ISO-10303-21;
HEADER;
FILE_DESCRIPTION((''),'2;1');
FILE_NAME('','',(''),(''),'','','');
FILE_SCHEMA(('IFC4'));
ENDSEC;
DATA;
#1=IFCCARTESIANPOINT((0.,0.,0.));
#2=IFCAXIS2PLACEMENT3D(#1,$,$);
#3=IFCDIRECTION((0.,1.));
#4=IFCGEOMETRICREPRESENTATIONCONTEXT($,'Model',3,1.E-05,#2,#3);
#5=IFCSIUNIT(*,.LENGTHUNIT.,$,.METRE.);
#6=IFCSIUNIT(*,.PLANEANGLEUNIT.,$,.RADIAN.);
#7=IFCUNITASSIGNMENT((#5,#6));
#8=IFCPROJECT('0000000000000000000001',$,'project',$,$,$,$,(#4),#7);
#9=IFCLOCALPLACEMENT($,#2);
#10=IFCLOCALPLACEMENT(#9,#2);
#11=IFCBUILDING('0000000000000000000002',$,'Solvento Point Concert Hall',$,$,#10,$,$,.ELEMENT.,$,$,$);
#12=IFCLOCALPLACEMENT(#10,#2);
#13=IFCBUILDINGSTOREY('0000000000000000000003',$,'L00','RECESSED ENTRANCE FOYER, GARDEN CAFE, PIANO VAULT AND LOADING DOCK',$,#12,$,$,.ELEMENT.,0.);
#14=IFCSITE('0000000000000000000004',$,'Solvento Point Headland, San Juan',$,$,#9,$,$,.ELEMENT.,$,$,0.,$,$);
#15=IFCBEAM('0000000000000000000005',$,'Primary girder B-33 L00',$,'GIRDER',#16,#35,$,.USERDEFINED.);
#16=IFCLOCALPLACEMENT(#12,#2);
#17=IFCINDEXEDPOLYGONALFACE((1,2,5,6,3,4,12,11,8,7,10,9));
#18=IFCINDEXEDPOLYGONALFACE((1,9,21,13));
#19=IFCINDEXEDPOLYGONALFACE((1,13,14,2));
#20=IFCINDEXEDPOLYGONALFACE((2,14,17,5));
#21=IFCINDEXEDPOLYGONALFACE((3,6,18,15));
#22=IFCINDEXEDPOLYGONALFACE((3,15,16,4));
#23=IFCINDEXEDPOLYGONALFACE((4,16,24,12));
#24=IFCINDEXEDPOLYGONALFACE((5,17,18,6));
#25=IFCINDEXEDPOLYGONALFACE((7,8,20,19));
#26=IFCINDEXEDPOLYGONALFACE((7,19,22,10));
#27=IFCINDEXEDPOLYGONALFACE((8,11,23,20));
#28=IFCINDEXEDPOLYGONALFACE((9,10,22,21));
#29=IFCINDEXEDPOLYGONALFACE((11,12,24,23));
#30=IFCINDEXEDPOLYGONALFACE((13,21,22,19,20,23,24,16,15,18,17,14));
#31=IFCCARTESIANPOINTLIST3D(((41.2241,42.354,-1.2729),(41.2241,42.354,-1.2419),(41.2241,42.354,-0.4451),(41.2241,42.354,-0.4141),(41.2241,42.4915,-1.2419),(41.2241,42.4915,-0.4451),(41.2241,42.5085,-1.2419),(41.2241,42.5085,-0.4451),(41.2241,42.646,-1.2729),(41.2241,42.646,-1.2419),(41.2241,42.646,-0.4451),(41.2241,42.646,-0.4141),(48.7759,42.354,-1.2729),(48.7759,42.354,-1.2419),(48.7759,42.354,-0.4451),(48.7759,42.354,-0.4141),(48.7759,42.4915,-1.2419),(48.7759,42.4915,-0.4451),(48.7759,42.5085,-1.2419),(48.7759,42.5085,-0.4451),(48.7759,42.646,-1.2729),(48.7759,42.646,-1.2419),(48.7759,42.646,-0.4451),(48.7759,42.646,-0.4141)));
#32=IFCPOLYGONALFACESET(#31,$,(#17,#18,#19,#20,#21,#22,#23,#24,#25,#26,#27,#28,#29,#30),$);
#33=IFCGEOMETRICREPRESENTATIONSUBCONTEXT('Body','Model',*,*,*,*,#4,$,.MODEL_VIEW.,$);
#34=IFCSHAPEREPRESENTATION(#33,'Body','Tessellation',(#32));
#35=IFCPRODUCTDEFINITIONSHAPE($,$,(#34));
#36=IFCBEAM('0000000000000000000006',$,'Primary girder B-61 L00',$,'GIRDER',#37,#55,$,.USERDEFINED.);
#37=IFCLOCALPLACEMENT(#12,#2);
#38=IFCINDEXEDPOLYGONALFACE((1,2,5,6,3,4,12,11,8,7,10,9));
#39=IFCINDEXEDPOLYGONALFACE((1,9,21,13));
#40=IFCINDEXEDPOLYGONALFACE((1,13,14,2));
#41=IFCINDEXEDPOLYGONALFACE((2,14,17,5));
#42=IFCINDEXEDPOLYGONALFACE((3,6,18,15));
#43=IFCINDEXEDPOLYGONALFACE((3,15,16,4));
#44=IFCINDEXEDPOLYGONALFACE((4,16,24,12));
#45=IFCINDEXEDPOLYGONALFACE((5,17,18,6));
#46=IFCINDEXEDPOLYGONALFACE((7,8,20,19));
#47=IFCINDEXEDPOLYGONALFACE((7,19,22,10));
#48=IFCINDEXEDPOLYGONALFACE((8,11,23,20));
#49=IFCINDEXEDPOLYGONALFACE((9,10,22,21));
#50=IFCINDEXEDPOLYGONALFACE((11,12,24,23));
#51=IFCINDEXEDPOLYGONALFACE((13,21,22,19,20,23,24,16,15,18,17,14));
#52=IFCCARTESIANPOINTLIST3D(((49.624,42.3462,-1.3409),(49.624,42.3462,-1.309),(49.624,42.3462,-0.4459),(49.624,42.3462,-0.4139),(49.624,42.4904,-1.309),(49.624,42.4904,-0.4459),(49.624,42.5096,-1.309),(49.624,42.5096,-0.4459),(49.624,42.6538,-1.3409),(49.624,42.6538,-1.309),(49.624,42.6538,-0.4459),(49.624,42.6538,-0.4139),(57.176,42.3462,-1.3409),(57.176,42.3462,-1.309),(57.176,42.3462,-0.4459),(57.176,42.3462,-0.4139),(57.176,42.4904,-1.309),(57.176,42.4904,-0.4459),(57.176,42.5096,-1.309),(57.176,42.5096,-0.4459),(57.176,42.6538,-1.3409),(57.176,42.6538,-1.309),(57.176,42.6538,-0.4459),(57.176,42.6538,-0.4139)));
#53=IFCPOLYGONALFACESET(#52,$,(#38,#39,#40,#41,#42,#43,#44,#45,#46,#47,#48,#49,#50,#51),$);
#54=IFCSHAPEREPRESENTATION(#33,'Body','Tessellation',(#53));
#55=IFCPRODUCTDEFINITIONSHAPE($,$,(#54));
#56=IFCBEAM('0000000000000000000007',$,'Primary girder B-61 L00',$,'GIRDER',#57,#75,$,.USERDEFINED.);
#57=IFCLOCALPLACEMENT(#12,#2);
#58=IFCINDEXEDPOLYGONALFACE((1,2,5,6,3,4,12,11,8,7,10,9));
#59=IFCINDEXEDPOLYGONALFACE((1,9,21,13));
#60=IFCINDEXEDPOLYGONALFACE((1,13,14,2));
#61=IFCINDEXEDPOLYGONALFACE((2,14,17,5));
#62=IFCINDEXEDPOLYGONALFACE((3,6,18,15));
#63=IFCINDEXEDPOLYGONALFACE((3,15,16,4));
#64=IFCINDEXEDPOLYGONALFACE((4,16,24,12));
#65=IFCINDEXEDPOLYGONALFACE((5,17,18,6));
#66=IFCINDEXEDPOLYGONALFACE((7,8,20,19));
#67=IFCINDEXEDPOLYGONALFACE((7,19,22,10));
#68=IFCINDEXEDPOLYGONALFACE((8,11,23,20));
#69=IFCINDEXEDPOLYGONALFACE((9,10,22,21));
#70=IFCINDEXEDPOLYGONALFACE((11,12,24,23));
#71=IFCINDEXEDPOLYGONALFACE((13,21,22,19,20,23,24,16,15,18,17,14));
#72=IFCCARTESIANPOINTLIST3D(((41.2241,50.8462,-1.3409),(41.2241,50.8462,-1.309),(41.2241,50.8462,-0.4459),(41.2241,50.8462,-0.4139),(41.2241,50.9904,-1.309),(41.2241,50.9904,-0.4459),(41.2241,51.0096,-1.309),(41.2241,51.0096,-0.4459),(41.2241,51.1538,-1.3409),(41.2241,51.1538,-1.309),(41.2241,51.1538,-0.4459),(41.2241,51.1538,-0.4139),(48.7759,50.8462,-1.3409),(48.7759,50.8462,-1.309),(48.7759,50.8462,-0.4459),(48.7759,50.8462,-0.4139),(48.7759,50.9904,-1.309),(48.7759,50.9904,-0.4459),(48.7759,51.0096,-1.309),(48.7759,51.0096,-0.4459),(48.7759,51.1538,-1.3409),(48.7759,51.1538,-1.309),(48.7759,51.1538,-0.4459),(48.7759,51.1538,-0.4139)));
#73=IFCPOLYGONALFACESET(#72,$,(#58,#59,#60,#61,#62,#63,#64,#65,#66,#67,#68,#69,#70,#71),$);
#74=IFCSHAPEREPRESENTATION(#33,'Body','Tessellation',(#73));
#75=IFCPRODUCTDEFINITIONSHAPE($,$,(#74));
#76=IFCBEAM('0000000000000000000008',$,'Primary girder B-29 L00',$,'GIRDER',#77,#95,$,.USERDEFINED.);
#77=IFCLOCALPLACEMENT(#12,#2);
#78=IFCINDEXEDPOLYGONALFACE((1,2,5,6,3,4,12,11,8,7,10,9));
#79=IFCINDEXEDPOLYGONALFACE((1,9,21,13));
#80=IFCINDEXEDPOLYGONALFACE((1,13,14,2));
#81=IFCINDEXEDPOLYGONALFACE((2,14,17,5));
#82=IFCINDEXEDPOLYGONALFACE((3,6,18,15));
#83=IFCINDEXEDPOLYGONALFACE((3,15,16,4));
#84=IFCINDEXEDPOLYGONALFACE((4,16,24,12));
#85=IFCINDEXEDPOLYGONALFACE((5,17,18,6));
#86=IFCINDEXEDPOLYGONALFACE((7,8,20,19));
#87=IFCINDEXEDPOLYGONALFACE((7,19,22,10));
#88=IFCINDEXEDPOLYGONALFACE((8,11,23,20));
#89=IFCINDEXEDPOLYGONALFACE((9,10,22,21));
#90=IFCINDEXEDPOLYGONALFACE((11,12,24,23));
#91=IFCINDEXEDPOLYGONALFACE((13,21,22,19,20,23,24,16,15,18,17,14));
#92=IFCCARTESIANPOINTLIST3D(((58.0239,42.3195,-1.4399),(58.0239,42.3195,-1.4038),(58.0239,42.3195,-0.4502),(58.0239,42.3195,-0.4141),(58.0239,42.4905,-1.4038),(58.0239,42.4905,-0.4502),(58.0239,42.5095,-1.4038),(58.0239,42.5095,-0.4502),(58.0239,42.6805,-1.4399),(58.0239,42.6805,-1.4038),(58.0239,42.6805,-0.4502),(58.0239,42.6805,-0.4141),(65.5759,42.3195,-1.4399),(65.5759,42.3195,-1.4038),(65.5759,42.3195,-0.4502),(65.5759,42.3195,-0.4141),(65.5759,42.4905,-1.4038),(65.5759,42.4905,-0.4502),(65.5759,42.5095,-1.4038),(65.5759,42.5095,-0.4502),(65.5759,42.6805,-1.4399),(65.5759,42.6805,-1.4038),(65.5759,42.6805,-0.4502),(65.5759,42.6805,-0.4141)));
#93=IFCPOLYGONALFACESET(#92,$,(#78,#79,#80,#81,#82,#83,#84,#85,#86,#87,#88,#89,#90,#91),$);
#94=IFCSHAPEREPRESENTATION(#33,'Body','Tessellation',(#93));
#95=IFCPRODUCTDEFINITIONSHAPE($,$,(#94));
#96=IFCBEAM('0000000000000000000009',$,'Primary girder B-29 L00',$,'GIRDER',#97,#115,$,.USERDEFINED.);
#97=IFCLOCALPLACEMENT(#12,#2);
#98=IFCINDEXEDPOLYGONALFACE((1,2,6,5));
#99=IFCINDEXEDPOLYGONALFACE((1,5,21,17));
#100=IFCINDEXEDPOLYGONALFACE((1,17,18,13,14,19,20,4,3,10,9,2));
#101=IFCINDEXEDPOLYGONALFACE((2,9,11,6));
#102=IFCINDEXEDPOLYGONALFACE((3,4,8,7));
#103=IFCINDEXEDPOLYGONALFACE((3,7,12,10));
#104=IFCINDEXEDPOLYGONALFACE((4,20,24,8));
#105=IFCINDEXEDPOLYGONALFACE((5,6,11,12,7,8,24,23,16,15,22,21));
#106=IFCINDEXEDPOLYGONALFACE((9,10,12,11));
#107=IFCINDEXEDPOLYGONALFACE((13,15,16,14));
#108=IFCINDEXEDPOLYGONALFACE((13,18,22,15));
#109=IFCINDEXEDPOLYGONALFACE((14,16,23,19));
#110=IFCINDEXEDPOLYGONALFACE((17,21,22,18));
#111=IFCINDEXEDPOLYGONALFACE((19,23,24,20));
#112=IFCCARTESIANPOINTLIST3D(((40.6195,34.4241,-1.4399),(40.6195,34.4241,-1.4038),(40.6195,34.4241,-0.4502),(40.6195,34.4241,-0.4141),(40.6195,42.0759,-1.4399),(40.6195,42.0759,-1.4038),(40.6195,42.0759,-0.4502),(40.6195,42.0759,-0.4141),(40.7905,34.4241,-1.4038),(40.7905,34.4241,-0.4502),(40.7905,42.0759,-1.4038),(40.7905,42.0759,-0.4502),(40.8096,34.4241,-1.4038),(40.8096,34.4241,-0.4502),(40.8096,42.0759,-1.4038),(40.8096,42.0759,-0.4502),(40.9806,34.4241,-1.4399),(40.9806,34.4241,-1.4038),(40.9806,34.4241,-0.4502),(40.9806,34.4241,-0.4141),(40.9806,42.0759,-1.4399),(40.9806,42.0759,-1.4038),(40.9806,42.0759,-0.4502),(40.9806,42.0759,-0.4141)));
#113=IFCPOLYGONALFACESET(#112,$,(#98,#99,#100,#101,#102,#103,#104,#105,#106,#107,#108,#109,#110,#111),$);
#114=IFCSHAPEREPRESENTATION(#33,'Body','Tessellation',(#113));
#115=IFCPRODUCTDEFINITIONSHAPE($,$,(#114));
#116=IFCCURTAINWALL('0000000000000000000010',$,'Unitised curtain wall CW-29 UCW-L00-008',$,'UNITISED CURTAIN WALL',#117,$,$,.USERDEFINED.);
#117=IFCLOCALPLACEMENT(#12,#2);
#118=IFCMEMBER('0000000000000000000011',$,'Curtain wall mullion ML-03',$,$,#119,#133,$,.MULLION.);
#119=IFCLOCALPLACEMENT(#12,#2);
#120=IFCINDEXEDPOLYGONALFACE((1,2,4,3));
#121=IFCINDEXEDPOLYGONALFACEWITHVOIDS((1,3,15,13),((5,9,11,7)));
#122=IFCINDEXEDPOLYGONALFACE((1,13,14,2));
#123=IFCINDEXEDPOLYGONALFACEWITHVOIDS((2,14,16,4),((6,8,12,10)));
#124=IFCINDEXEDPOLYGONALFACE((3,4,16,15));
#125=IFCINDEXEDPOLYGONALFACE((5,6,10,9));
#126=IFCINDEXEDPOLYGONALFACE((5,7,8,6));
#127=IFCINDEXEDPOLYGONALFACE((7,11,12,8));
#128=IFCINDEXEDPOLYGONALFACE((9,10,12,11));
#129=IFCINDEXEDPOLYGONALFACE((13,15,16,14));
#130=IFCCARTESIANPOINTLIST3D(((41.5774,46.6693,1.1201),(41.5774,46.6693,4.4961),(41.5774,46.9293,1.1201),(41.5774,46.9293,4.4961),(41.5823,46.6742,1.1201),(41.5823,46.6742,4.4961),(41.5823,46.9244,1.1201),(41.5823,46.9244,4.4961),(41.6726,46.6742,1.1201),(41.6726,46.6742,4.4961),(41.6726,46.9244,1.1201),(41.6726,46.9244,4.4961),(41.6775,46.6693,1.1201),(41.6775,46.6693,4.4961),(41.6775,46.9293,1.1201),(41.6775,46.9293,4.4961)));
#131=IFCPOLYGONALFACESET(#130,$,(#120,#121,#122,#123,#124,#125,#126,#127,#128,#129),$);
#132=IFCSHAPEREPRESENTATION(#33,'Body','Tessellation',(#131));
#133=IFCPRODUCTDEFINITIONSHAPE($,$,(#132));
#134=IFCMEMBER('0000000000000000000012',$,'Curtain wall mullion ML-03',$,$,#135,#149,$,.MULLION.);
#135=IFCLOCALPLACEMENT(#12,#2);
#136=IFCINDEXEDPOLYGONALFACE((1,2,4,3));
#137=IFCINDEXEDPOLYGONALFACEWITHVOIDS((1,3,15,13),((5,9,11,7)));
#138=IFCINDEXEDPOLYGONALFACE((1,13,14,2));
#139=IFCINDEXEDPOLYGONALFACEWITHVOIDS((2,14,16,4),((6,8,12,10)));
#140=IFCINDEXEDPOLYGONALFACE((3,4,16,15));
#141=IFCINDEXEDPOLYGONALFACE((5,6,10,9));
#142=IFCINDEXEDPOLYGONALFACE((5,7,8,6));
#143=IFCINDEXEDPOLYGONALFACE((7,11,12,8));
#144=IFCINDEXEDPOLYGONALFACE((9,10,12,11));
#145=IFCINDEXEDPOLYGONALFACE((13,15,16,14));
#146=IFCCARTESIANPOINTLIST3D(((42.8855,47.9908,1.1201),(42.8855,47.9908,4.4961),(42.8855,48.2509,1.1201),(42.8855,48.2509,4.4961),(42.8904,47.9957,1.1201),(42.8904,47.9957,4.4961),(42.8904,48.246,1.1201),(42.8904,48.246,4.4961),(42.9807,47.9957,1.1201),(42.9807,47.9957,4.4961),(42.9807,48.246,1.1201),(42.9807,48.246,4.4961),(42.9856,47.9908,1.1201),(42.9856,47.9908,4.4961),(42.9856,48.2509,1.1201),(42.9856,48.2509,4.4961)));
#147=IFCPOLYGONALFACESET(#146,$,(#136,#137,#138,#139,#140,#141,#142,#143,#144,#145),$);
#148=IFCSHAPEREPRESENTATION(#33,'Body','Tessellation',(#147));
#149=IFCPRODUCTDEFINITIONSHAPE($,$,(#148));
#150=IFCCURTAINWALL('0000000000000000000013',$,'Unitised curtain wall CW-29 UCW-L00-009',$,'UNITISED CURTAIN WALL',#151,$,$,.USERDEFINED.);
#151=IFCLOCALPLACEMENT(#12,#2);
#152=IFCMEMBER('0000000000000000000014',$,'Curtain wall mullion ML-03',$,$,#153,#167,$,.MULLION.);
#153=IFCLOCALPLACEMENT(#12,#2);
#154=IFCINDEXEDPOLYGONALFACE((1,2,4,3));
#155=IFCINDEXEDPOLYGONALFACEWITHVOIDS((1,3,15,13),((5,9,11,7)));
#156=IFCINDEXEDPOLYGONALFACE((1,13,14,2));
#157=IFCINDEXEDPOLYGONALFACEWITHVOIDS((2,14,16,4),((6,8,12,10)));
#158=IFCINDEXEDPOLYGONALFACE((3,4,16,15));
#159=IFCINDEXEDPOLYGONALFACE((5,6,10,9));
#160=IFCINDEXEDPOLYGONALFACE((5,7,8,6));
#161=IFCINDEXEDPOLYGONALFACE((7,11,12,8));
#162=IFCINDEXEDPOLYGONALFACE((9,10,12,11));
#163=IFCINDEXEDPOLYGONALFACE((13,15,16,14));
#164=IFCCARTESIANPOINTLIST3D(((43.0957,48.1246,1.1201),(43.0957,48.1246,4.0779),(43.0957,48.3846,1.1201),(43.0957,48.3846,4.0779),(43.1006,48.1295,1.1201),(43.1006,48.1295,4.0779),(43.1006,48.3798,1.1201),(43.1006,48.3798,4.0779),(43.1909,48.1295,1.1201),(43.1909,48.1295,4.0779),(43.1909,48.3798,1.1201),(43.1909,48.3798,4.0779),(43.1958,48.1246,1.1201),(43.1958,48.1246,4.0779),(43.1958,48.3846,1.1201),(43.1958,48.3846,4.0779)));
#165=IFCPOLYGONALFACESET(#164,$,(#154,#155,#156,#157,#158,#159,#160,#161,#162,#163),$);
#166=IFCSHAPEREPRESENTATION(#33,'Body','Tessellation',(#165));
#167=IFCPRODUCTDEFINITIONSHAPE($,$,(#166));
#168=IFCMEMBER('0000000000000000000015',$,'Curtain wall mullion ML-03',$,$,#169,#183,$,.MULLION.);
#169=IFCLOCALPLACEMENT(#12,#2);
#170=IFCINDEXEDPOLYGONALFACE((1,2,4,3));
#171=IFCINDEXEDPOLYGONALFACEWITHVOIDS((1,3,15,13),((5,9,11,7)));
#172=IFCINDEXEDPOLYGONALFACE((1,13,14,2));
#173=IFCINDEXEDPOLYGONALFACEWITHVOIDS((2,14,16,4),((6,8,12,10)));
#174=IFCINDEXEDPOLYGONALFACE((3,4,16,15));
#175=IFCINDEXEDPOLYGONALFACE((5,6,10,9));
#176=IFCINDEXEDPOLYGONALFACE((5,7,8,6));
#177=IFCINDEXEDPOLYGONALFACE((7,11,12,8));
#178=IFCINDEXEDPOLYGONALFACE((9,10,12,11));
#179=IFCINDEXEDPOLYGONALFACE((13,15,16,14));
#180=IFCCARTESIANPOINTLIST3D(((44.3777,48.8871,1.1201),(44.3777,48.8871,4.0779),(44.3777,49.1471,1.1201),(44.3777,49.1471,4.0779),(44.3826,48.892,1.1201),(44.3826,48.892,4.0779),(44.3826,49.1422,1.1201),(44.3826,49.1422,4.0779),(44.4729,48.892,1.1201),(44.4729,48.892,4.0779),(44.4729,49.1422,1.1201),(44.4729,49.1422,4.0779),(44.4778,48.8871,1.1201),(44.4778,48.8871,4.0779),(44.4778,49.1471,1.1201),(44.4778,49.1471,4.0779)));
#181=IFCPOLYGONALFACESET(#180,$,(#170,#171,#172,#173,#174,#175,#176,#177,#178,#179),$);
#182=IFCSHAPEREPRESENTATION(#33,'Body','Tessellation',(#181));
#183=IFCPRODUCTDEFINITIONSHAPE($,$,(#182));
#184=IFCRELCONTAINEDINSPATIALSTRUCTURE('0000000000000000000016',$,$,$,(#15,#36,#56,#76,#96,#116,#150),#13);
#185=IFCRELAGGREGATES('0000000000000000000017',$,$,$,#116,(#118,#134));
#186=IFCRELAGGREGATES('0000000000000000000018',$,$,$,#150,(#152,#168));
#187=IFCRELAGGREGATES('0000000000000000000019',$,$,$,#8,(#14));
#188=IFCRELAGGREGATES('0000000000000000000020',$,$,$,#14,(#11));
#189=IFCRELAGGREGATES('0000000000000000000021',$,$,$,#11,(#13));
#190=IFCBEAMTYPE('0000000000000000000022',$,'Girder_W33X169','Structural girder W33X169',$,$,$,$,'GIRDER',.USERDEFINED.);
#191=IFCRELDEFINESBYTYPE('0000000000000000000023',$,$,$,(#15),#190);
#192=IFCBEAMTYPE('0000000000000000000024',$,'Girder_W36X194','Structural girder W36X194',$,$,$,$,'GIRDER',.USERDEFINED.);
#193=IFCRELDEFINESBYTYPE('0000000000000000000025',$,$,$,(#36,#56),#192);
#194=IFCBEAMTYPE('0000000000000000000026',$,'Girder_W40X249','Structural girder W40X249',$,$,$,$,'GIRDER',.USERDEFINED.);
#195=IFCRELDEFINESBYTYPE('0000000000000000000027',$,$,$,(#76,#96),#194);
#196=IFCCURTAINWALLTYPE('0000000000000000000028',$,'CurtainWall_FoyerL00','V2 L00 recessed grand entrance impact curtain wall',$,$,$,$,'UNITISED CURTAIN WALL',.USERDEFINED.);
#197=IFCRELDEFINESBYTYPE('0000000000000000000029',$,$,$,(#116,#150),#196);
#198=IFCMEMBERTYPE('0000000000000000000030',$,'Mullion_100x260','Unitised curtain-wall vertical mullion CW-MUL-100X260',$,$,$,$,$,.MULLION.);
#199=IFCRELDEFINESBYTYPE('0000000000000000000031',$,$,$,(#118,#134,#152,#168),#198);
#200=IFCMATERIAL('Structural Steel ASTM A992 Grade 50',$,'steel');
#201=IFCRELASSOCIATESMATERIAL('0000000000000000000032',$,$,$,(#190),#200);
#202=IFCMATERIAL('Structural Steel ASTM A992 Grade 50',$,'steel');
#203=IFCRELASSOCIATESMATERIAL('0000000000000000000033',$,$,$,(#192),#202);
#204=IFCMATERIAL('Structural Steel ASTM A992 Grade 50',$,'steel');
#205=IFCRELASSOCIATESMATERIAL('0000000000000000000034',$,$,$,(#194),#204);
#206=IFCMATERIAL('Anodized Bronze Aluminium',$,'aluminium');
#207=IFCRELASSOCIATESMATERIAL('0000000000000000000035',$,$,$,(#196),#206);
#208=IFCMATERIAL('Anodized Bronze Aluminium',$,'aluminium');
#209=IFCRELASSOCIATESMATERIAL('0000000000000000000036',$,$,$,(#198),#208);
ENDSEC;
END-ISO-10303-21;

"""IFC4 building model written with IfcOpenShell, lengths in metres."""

from ifc_helpers import new_model, si_unit, direction, frame, origin, origin_2d, place, context, subcontext, project, spatial, hollow_rectangle, i_section, extrude, material, material_profile, profile_set, type_object, element, aggregate, save


model = new_model("IFC4")

# Units and contexts
model_context = context("Model", 3, precision=1e-05, world=origin(), true_north=direction((0.0, 1.0)))
body_context = subcontext(model_context, "Body", "Model", "MODEL_VIEW")
ifc_project = project(units=[si_unit("LENGTHUNIT", "METRE"), si_unit("PLANEANGLEUNIT", "RADIAN")], contexts=[model_context])

# Site, building, storey
site_placement = place(None, origin())
site = spatial("IfcSite", under=ifc_project, at=site_placement, Name="Solvento Point Headland, San Juan", CompositionType="ELEMENT", RefElevation=0.0)
building_placement = place(site_placement, origin())
building = spatial("IfcBuilding", under=site, at=building_placement, Name="Solvento Point Concert Hall", CompositionType="ELEMENT")
storey_placement = place(building_placement, origin())
storey = spatial("IfcBuildingStorey", under=building, at=storey_placement, Name="L00", Description="RECESSED ENTRANCE FOYER, GARDEN CAFE, PIANO VAULT AND LOADING DOCK", CompositionType="ELEMENT", Elevation=0.0)

# Beams
ifc_material_1 = material(Name="Structural Steel ASTM A992 Grade 50", Category="steel")
ifc_material_profile_1 = material_profile(ifc_material_1, i_section(OverallWidth=0.292, OverallDepth=0.8589, WebThickness=0.0171, FlangeThickness=0.031, at=origin_2d()), Name="W33X169")
ifc_profile_set_1 = profile_set([ifc_material_profile_1], Name="Structural Steel ASTM A992 Grade 50")
beam_type_1 = type_object("IfcBeamType", Name="Girder_W33X169", Description="Structural girder W33X169", ElementType="GIRDER", PredefinedType="USERDEFINED", material=ifc_profile_set_1)
beam_1_placement = place(storey_placement, frame((41.2241, 42.5, -0.8435), z_axis=(1.0, 0.0, 0.0), x_axis=(0.0, 1.0, 0.0)))
element("IfcBeam", 1, at=beam_1_placement, inside=storey, type_object=beam_type_1, Name="Primary girder B-33 L00", ObjectType="GIRDER", PredefinedType="USERDEFINED", context=body_context, shape_type="SweptSolid", body=[
    extrude(i_section(OverallWidth=0.292, OverallDepth=0.8589, WebThickness=0.0171, FlangeThickness=0.031, at=origin_2d()), origin(), (0.0, 0.0, 1.0), 7.5518),
])
ifc_material_2 = material(Name="Structural Steel ASTM A992 Grade 50", Category="steel")
ifc_material_profile_2 = material_profile(ifc_material_2, i_section(OverallWidth=0.3076, OverallDepth=0.927, WebThickness=0.0193, FlangeThickness=0.032, at=origin_2d()), Name="W36X194")
ifc_profile_set_2 = profile_set([ifc_material_profile_2], Name="Structural Steel ASTM A992 Grade 50")
beam_type_2 = type_object("IfcBeamType", Name="Girder_W36X194", Description="Structural girder W36X194", ElementType="GIRDER", PredefinedType="USERDEFINED", material=ifc_profile_set_2)
beam_2_placement = place(storey_placement, frame((49.624, 42.5, -0.8774), z_axis=(1.0, 0.0, 0.0), x_axis=(0.0, 1.0, 0.0)))
element("IfcBeam", 2, at=beam_2_placement, inside=storey, type_object=beam_type_2, Name="Primary girder B-61 L00", ObjectType="GIRDER", PredefinedType="USERDEFINED", context=body_context, shape_type="SweptSolid", body=[
    extrude(i_section(OverallWidth=0.3076, OverallDepth=0.927, WebThickness=0.0193, FlangeThickness=0.032, at=origin_2d()), origin(), (0.0, 0.0, 1.0), 7.552),
])
beam_3_placement = place(storey_placement, frame((41.2241, 51.0, -0.8774), z_axis=(1.0, 0.0, 0.0), x_axis=(0.0, 1.0, 0.0)))
element("IfcBeam", 3, at=beam_3_placement, inside=storey, type_object=beam_type_2, Name="Primary girder B-61 L00", ObjectType="GIRDER", PredefinedType="USERDEFINED", context=body_context, shape_type="SweptSolid", body=[
    extrude(i_section(OverallWidth=0.3076, OverallDepth=0.927, WebThickness=0.0193, FlangeThickness=0.032, at=origin_2d()), origin(), (0.0, 0.0, 1.0), 7.5518),
])
ifc_material_3 = material(Name="Structural Steel ASTM A992 Grade 50", Category="steel")
ifc_material_profile_3 = material_profile(ifc_material_3, i_section(OverallWidth=0.3611, OverallDepth=1.0259, WebThickness=0.019, FlangeThickness=0.0361, at=origin_2d()), Name="W40X249")
ifc_profile_set_3 = profile_set([ifc_material_profile_3], Name="Structural Steel ASTM A992 Grade 50")
beam_type_3 = type_object("IfcBeamType", Name="Girder_W40X249", Description="Structural girder W40X249", ElementType="GIRDER", PredefinedType="USERDEFINED", material=ifc_profile_set_3)
beam_4_placement = place(storey_placement, frame((58.0239, 42.5, -0.927), z_axis=(1.0, 0.0, 0.0), x_axis=(0.0, 1.0, 0.0)))
element("IfcBeam", 4, at=beam_4_placement, inside=storey, type_object=beam_type_3, Name="Primary girder B-29 L00", ObjectType="GIRDER", PredefinedType="USERDEFINED", context=body_context, shape_type="SweptSolid", body=[
    extrude(i_section(OverallWidth=0.3611, OverallDepth=1.0259, WebThickness=0.019, FlangeThickness=0.0361, at=origin_2d()), origin(), (0.0, 0.0, 1.0), 7.552),
])
beam_5_placement = place(storey_placement, frame((40.8, 34.4241, -0.927), z_axis=(0.0, 1.0, 0.0), x_axis=(-1.0, 0.0, 0.0)))
element("IfcBeam", 5, at=beam_5_placement, inside=storey, type_object=beam_type_3, Name="Primary girder B-29 L00", ObjectType="GIRDER", PredefinedType="USERDEFINED", context=body_context, shape_type="SweptSolid", body=[
    extrude(i_section(OverallWidth=0.3611, OverallDepth=1.0259, WebThickness=0.019, FlangeThickness=0.0361, at=origin_2d()), origin(), (0.0, 0.0, 1.0), 7.6519),
])

# Curtain walls, members
ifc_material_4 = material(Name="Anodized Bronze Aluminium", Category="aluminium")
curtain_wall_type = type_object("IfcCurtainWallType", Name="CurtainWall_FoyerL00", Description="V2 L00 recessed grand entrance impact curtain wall", ElementType="UNITISED CURTAIN WALL", PredefinedType="USERDEFINED", material=ifc_material_4)
curtain_wall_1_placement = place(storey_placement, origin())
curtain_wall_1 = element("IfcCurtainWall", 6, at=curtain_wall_1_placement, inside=storey, type_object=curtain_wall_type, Name="Unitised curtain wall CW-29 UCW-L00-008", ObjectType="UNITISED CURTAIN WALL", PredefinedType="USERDEFINED")
ifc_material_5 = material(Name="Anodized Bronze Aluminium", Category="aluminium")
ifc_material_profile_4 = material_profile(ifc_material_5, hollow_rectangle(XDim=0.1001, YDim=0.26, WallThickness=0.0049, at=origin_2d()), Name="CW-MUL-100X260")
ifc_profile_set_4 = profile_set([ifc_material_profile_4], Name="Anodized Bronze Aluminium")
member_type_1 = type_object("IfcMemberType", Name="Mullion_100x260", Description="Unitised curtain-wall vertical mullion CW-MUL-100X260", PredefinedType="MULLION", material=ifc_profile_set_4)
member_1_placement = place(storey_placement, frame((41.6274, 46.7993, 1.1201), z_axis=(0.0, 0.0, 1.0), x_axis=(1.0, 0.0, 0.0)))
member_1 = element("IfcMember", 7, at=member_1_placement, type_object=member_type_1, Name="Curtain wall mullion ML-03", PredefinedType="MULLION", context=body_context, shape_type="SweptSolid", body=[
    extrude(hollow_rectangle(XDim=0.1001, YDim=0.26, WallThickness=0.0049, at=origin_2d()), origin(), (0.0, 0.0, 1.0), 3.376),
])
member_2_placement = place(storey_placement, frame((42.9355, 48.1208, 1.1201), z_axis=(0.0, 0.0, 1.0), x_axis=(1.0, 0.0, 0.0)))
member_2 = element("IfcMember", 8, at=member_2_placement, type_object=member_type_1, Name="Curtain wall mullion ML-03", PredefinedType="MULLION", context=body_context, shape_type="SweptSolid", body=[
    extrude(hollow_rectangle(XDim=0.1001, YDim=0.26, WallThickness=0.0049, at=origin_2d()), origin(), (0.0, 0.0, 1.0), 3.376),
])
curtain_wall_2_placement = place(storey_placement, origin())
curtain_wall_2 = element("IfcCurtainWall", 9, at=curtain_wall_2_placement, inside=storey, type_object=curtain_wall_type, Name="Unitised curtain wall CW-29 UCW-L00-009", ObjectType="UNITISED CURTAIN WALL", PredefinedType="USERDEFINED")
member_3_placement = place(storey_placement, frame((43.1458, 48.2546, 1.1201), z_axis=(0.0, 0.0, 1.0), x_axis=(1.0, 0.0, 0.0)))
member_3 = element("IfcMember", 10, at=member_3_placement, type_object=member_type_1, Name="Curtain wall mullion ML-03", PredefinedType="MULLION", context=body_context, shape_type="SweptSolid", body=[
    extrude(hollow_rectangle(XDim=0.1001, YDim=0.26, WallThickness=0.0049, at=origin_2d()), origin(), (0.0, 0.0, 1.0), 2.9578),
])
member_4_placement = place(storey_placement, frame((44.4277, 49.0171, 1.1201), z_axis=(0.0, 0.0, 1.0), x_axis=(1.0, 0.0, 0.0)))
member_4 = element("IfcMember", 11, at=member_4_placement, type_object=member_type_1, Name="Curtain wall mullion ML-03", PredefinedType="MULLION", context=body_context, shape_type="SweptSolid", body=[
    extrude(hollow_rectangle(XDim=0.1001, YDim=0.26, WallThickness=0.0049, at=origin_2d()), origin(), (0.0, 0.0, 1.0), 2.9578),
])

aggregate(curtain_wall_1, [member_1, member_2])
aggregate(curtain_wall_2, [member_3, member_4])

save(model, "model.ifc")
